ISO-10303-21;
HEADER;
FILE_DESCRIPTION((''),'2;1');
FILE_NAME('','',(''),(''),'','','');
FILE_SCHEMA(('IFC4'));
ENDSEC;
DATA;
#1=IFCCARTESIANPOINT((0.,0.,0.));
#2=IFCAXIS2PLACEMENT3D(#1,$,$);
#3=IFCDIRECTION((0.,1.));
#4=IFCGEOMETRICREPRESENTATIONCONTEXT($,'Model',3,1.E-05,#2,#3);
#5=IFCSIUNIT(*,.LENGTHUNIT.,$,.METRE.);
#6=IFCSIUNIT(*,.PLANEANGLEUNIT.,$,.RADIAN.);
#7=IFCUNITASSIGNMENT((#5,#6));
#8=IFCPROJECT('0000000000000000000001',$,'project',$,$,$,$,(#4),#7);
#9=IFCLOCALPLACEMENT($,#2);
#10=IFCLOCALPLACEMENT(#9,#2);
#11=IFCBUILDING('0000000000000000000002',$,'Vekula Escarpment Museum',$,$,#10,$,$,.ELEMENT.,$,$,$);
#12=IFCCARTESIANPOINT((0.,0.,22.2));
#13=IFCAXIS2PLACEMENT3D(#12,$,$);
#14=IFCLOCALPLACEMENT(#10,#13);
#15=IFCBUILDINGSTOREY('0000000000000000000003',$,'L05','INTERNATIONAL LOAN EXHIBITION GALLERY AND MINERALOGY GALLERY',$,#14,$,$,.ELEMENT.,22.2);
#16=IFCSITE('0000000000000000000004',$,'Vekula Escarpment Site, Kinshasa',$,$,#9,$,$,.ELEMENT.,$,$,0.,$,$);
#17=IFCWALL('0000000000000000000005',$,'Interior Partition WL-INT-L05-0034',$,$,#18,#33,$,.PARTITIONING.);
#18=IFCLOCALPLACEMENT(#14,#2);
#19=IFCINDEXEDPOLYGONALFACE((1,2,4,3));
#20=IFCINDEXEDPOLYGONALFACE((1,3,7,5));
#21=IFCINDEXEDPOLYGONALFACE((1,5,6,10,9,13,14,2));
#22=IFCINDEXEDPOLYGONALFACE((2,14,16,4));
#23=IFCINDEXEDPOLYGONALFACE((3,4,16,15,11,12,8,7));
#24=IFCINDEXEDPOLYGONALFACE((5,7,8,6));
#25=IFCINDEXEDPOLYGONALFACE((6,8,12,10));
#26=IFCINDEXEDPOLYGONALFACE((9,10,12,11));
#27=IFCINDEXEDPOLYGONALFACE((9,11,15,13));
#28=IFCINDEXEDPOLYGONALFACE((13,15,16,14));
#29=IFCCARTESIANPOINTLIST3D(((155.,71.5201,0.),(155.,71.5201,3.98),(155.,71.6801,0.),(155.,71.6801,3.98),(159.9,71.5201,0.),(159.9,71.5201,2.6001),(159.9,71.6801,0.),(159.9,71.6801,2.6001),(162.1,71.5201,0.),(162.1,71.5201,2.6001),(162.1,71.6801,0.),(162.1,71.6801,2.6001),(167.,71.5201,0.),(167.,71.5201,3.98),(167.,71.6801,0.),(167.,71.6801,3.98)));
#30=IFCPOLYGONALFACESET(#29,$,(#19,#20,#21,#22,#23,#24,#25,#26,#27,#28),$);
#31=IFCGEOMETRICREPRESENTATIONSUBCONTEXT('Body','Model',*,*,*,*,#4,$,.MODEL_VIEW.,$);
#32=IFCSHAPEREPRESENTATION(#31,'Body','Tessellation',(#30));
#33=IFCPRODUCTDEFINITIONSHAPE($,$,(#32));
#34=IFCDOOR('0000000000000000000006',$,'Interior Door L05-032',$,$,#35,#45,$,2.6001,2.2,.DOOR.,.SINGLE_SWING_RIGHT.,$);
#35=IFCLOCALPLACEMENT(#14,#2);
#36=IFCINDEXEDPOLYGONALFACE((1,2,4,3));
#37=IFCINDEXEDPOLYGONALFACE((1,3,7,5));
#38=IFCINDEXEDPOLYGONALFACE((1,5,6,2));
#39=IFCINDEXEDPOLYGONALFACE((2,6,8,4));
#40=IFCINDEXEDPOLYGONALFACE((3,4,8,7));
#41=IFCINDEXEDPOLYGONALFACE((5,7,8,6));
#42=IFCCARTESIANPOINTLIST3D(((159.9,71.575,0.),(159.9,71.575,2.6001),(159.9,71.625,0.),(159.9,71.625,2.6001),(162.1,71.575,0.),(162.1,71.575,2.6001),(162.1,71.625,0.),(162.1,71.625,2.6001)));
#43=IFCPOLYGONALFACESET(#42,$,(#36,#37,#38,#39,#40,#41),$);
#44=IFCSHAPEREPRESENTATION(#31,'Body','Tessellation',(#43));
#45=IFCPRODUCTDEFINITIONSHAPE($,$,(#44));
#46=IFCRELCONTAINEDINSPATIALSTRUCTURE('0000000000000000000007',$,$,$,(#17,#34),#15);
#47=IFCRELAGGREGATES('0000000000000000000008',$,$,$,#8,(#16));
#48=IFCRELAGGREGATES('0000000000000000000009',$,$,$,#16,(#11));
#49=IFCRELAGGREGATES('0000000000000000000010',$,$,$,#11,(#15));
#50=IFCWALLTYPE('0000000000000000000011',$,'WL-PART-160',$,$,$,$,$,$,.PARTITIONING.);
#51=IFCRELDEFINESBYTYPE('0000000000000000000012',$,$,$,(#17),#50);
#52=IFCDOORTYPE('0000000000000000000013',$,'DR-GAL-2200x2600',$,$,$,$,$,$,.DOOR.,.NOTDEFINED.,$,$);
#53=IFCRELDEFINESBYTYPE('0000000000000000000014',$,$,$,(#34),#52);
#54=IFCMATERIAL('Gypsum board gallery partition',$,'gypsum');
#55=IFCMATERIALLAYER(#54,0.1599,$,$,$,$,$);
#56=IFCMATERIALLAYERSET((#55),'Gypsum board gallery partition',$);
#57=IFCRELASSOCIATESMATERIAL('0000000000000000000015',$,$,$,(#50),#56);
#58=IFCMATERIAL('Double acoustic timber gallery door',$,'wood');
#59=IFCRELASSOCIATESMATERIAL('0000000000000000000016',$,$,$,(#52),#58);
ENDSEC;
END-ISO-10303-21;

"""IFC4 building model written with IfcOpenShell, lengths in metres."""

from ifc_helpers import new_model, si_unit, direction, frame, frame_2d, origin, place, context, subcontext, project, spatial, rectangle, extrude, material, layer, layer_set, type_object, element, fill, save


model = new_model("IFC4")

# Units and contexts
model_context = context("Model", 3, precision=1e-05, world=origin(), true_north=direction((0.0, 1.0)))
body_context = subcontext(model_context, "Body", "Model", "MODEL_VIEW")
ifc_project = project(units=[si_unit("LENGTHUNIT", "METRE"), si_unit("PLANEANGLEUNIT", "RADIAN")], contexts=[model_context])

# Site, building, storey
site_placement = place(None, origin())
site = spatial("IfcSite", under=ifc_project, at=site_placement, Name="Vekula Escarpment Site, Kinshasa", CompositionType="ELEMENT", RefElevation=0.0)
building_placement = place(site_placement, origin())
building = spatial("IfcBuilding", under=site, at=building_placement, Name="Vekula Escarpment Museum", CompositionType="ELEMENT")
storey_placement = place(building_placement, frame((0.0, 0.0, 22.2)))
storey = spatial("IfcBuildingStorey", under=building, at=storey_placement, Name="L05", Description="INTERNATIONAL LOAN EXHIBITION GALLERY AND MINERALOGY GALLERY", CompositionType="ELEMENT", Elevation=22.2)

# Wall, opening, door
ifc_material_1 = material(Name="Gypsum board gallery partition", Category="gypsum")
ifc_layer_1 = layer(ifc_material_1, 0.1599)
ifc_layer_set_1 = layer_set([ifc_layer_1], Name="Gypsum board gallery partition")
wall_type_1 = type_object("IfcWallType", Name="WL-PART-160", PredefinedType="PARTITIONING", material=ifc_layer_set_1)
wall_1_placement = place(storey_placement, frame((155.0, 71.6001, 0.0), z_axis=(0.0, 0.0, 1.0), x_axis=(1.0, 0.0, 0.0)))
wall_1 = element("IfcWall", 1, at=wall_1_placement, inside=storey, type_object=wall_type_1, Name="Interior Partition WL-INT-L05-0034", PredefinedType="PARTITIONING", context=body_context, shape_type="SweptSolid", body=[
    extrude(rectangle(XDim=12.0, YDim=0.1599, at=frame_2d((6.0, 0.0))), origin(), (0.0, 0.0, 1.0), 3.98),
])
opening_placement = place(wall_1_placement, frame((4.8999, 0.0, 0.0)))
opening = element("IfcOpeningElement", 2, at=opening_placement, cuts=wall_1, PredefinedType="OPENING", context=body_context, shape_type="SweptSolid", body=[
    extrude(rectangle(XDim=2.2, YDim=2.6001, at=frame_2d((1.1001, 1.3))), frame((0.0, 0.0898, 0.0), z_axis=(0.0, -1.0, 0.0), x_axis=(1.0, 0.0, 0.0)), (0.0, 0.0, 1.0), 0.1799),
])
ifc_material_2 = material(Name="Double acoustic timber gallery door", Category="wood")
door_type = type_object("IfcDoorType", Name="DR-GAL-2200x2600", OperationType="NOTDEFINED", PredefinedType="DOOR", material=ifc_material_2)
door_placement = place(opening_placement, origin())
door = element("IfcDoor", 3, at=door_placement, inside=storey, type_object=door_type, Name="Interior Door L05-032", OperationType="SINGLE_SWING_RIGHT", OverallHeight=2.6001, OverallWidth=2.2, PredefinedType="DOOR", context=body_context, shape_type="SweptSolid", body=[
    extrude(rectangle(XDim=2.2, YDim=2.6001, at=frame_2d((1.1001, 1.3))), frame((0.0, 0.0249, 0.0), z_axis=(0.0, -1.0, 0.0), x_axis=(1.0, 0.0, 0.0)), (0.0, 0.0, 1.0), 0.05),
])
fill(opening, door)

save(model, "model.ifc")
